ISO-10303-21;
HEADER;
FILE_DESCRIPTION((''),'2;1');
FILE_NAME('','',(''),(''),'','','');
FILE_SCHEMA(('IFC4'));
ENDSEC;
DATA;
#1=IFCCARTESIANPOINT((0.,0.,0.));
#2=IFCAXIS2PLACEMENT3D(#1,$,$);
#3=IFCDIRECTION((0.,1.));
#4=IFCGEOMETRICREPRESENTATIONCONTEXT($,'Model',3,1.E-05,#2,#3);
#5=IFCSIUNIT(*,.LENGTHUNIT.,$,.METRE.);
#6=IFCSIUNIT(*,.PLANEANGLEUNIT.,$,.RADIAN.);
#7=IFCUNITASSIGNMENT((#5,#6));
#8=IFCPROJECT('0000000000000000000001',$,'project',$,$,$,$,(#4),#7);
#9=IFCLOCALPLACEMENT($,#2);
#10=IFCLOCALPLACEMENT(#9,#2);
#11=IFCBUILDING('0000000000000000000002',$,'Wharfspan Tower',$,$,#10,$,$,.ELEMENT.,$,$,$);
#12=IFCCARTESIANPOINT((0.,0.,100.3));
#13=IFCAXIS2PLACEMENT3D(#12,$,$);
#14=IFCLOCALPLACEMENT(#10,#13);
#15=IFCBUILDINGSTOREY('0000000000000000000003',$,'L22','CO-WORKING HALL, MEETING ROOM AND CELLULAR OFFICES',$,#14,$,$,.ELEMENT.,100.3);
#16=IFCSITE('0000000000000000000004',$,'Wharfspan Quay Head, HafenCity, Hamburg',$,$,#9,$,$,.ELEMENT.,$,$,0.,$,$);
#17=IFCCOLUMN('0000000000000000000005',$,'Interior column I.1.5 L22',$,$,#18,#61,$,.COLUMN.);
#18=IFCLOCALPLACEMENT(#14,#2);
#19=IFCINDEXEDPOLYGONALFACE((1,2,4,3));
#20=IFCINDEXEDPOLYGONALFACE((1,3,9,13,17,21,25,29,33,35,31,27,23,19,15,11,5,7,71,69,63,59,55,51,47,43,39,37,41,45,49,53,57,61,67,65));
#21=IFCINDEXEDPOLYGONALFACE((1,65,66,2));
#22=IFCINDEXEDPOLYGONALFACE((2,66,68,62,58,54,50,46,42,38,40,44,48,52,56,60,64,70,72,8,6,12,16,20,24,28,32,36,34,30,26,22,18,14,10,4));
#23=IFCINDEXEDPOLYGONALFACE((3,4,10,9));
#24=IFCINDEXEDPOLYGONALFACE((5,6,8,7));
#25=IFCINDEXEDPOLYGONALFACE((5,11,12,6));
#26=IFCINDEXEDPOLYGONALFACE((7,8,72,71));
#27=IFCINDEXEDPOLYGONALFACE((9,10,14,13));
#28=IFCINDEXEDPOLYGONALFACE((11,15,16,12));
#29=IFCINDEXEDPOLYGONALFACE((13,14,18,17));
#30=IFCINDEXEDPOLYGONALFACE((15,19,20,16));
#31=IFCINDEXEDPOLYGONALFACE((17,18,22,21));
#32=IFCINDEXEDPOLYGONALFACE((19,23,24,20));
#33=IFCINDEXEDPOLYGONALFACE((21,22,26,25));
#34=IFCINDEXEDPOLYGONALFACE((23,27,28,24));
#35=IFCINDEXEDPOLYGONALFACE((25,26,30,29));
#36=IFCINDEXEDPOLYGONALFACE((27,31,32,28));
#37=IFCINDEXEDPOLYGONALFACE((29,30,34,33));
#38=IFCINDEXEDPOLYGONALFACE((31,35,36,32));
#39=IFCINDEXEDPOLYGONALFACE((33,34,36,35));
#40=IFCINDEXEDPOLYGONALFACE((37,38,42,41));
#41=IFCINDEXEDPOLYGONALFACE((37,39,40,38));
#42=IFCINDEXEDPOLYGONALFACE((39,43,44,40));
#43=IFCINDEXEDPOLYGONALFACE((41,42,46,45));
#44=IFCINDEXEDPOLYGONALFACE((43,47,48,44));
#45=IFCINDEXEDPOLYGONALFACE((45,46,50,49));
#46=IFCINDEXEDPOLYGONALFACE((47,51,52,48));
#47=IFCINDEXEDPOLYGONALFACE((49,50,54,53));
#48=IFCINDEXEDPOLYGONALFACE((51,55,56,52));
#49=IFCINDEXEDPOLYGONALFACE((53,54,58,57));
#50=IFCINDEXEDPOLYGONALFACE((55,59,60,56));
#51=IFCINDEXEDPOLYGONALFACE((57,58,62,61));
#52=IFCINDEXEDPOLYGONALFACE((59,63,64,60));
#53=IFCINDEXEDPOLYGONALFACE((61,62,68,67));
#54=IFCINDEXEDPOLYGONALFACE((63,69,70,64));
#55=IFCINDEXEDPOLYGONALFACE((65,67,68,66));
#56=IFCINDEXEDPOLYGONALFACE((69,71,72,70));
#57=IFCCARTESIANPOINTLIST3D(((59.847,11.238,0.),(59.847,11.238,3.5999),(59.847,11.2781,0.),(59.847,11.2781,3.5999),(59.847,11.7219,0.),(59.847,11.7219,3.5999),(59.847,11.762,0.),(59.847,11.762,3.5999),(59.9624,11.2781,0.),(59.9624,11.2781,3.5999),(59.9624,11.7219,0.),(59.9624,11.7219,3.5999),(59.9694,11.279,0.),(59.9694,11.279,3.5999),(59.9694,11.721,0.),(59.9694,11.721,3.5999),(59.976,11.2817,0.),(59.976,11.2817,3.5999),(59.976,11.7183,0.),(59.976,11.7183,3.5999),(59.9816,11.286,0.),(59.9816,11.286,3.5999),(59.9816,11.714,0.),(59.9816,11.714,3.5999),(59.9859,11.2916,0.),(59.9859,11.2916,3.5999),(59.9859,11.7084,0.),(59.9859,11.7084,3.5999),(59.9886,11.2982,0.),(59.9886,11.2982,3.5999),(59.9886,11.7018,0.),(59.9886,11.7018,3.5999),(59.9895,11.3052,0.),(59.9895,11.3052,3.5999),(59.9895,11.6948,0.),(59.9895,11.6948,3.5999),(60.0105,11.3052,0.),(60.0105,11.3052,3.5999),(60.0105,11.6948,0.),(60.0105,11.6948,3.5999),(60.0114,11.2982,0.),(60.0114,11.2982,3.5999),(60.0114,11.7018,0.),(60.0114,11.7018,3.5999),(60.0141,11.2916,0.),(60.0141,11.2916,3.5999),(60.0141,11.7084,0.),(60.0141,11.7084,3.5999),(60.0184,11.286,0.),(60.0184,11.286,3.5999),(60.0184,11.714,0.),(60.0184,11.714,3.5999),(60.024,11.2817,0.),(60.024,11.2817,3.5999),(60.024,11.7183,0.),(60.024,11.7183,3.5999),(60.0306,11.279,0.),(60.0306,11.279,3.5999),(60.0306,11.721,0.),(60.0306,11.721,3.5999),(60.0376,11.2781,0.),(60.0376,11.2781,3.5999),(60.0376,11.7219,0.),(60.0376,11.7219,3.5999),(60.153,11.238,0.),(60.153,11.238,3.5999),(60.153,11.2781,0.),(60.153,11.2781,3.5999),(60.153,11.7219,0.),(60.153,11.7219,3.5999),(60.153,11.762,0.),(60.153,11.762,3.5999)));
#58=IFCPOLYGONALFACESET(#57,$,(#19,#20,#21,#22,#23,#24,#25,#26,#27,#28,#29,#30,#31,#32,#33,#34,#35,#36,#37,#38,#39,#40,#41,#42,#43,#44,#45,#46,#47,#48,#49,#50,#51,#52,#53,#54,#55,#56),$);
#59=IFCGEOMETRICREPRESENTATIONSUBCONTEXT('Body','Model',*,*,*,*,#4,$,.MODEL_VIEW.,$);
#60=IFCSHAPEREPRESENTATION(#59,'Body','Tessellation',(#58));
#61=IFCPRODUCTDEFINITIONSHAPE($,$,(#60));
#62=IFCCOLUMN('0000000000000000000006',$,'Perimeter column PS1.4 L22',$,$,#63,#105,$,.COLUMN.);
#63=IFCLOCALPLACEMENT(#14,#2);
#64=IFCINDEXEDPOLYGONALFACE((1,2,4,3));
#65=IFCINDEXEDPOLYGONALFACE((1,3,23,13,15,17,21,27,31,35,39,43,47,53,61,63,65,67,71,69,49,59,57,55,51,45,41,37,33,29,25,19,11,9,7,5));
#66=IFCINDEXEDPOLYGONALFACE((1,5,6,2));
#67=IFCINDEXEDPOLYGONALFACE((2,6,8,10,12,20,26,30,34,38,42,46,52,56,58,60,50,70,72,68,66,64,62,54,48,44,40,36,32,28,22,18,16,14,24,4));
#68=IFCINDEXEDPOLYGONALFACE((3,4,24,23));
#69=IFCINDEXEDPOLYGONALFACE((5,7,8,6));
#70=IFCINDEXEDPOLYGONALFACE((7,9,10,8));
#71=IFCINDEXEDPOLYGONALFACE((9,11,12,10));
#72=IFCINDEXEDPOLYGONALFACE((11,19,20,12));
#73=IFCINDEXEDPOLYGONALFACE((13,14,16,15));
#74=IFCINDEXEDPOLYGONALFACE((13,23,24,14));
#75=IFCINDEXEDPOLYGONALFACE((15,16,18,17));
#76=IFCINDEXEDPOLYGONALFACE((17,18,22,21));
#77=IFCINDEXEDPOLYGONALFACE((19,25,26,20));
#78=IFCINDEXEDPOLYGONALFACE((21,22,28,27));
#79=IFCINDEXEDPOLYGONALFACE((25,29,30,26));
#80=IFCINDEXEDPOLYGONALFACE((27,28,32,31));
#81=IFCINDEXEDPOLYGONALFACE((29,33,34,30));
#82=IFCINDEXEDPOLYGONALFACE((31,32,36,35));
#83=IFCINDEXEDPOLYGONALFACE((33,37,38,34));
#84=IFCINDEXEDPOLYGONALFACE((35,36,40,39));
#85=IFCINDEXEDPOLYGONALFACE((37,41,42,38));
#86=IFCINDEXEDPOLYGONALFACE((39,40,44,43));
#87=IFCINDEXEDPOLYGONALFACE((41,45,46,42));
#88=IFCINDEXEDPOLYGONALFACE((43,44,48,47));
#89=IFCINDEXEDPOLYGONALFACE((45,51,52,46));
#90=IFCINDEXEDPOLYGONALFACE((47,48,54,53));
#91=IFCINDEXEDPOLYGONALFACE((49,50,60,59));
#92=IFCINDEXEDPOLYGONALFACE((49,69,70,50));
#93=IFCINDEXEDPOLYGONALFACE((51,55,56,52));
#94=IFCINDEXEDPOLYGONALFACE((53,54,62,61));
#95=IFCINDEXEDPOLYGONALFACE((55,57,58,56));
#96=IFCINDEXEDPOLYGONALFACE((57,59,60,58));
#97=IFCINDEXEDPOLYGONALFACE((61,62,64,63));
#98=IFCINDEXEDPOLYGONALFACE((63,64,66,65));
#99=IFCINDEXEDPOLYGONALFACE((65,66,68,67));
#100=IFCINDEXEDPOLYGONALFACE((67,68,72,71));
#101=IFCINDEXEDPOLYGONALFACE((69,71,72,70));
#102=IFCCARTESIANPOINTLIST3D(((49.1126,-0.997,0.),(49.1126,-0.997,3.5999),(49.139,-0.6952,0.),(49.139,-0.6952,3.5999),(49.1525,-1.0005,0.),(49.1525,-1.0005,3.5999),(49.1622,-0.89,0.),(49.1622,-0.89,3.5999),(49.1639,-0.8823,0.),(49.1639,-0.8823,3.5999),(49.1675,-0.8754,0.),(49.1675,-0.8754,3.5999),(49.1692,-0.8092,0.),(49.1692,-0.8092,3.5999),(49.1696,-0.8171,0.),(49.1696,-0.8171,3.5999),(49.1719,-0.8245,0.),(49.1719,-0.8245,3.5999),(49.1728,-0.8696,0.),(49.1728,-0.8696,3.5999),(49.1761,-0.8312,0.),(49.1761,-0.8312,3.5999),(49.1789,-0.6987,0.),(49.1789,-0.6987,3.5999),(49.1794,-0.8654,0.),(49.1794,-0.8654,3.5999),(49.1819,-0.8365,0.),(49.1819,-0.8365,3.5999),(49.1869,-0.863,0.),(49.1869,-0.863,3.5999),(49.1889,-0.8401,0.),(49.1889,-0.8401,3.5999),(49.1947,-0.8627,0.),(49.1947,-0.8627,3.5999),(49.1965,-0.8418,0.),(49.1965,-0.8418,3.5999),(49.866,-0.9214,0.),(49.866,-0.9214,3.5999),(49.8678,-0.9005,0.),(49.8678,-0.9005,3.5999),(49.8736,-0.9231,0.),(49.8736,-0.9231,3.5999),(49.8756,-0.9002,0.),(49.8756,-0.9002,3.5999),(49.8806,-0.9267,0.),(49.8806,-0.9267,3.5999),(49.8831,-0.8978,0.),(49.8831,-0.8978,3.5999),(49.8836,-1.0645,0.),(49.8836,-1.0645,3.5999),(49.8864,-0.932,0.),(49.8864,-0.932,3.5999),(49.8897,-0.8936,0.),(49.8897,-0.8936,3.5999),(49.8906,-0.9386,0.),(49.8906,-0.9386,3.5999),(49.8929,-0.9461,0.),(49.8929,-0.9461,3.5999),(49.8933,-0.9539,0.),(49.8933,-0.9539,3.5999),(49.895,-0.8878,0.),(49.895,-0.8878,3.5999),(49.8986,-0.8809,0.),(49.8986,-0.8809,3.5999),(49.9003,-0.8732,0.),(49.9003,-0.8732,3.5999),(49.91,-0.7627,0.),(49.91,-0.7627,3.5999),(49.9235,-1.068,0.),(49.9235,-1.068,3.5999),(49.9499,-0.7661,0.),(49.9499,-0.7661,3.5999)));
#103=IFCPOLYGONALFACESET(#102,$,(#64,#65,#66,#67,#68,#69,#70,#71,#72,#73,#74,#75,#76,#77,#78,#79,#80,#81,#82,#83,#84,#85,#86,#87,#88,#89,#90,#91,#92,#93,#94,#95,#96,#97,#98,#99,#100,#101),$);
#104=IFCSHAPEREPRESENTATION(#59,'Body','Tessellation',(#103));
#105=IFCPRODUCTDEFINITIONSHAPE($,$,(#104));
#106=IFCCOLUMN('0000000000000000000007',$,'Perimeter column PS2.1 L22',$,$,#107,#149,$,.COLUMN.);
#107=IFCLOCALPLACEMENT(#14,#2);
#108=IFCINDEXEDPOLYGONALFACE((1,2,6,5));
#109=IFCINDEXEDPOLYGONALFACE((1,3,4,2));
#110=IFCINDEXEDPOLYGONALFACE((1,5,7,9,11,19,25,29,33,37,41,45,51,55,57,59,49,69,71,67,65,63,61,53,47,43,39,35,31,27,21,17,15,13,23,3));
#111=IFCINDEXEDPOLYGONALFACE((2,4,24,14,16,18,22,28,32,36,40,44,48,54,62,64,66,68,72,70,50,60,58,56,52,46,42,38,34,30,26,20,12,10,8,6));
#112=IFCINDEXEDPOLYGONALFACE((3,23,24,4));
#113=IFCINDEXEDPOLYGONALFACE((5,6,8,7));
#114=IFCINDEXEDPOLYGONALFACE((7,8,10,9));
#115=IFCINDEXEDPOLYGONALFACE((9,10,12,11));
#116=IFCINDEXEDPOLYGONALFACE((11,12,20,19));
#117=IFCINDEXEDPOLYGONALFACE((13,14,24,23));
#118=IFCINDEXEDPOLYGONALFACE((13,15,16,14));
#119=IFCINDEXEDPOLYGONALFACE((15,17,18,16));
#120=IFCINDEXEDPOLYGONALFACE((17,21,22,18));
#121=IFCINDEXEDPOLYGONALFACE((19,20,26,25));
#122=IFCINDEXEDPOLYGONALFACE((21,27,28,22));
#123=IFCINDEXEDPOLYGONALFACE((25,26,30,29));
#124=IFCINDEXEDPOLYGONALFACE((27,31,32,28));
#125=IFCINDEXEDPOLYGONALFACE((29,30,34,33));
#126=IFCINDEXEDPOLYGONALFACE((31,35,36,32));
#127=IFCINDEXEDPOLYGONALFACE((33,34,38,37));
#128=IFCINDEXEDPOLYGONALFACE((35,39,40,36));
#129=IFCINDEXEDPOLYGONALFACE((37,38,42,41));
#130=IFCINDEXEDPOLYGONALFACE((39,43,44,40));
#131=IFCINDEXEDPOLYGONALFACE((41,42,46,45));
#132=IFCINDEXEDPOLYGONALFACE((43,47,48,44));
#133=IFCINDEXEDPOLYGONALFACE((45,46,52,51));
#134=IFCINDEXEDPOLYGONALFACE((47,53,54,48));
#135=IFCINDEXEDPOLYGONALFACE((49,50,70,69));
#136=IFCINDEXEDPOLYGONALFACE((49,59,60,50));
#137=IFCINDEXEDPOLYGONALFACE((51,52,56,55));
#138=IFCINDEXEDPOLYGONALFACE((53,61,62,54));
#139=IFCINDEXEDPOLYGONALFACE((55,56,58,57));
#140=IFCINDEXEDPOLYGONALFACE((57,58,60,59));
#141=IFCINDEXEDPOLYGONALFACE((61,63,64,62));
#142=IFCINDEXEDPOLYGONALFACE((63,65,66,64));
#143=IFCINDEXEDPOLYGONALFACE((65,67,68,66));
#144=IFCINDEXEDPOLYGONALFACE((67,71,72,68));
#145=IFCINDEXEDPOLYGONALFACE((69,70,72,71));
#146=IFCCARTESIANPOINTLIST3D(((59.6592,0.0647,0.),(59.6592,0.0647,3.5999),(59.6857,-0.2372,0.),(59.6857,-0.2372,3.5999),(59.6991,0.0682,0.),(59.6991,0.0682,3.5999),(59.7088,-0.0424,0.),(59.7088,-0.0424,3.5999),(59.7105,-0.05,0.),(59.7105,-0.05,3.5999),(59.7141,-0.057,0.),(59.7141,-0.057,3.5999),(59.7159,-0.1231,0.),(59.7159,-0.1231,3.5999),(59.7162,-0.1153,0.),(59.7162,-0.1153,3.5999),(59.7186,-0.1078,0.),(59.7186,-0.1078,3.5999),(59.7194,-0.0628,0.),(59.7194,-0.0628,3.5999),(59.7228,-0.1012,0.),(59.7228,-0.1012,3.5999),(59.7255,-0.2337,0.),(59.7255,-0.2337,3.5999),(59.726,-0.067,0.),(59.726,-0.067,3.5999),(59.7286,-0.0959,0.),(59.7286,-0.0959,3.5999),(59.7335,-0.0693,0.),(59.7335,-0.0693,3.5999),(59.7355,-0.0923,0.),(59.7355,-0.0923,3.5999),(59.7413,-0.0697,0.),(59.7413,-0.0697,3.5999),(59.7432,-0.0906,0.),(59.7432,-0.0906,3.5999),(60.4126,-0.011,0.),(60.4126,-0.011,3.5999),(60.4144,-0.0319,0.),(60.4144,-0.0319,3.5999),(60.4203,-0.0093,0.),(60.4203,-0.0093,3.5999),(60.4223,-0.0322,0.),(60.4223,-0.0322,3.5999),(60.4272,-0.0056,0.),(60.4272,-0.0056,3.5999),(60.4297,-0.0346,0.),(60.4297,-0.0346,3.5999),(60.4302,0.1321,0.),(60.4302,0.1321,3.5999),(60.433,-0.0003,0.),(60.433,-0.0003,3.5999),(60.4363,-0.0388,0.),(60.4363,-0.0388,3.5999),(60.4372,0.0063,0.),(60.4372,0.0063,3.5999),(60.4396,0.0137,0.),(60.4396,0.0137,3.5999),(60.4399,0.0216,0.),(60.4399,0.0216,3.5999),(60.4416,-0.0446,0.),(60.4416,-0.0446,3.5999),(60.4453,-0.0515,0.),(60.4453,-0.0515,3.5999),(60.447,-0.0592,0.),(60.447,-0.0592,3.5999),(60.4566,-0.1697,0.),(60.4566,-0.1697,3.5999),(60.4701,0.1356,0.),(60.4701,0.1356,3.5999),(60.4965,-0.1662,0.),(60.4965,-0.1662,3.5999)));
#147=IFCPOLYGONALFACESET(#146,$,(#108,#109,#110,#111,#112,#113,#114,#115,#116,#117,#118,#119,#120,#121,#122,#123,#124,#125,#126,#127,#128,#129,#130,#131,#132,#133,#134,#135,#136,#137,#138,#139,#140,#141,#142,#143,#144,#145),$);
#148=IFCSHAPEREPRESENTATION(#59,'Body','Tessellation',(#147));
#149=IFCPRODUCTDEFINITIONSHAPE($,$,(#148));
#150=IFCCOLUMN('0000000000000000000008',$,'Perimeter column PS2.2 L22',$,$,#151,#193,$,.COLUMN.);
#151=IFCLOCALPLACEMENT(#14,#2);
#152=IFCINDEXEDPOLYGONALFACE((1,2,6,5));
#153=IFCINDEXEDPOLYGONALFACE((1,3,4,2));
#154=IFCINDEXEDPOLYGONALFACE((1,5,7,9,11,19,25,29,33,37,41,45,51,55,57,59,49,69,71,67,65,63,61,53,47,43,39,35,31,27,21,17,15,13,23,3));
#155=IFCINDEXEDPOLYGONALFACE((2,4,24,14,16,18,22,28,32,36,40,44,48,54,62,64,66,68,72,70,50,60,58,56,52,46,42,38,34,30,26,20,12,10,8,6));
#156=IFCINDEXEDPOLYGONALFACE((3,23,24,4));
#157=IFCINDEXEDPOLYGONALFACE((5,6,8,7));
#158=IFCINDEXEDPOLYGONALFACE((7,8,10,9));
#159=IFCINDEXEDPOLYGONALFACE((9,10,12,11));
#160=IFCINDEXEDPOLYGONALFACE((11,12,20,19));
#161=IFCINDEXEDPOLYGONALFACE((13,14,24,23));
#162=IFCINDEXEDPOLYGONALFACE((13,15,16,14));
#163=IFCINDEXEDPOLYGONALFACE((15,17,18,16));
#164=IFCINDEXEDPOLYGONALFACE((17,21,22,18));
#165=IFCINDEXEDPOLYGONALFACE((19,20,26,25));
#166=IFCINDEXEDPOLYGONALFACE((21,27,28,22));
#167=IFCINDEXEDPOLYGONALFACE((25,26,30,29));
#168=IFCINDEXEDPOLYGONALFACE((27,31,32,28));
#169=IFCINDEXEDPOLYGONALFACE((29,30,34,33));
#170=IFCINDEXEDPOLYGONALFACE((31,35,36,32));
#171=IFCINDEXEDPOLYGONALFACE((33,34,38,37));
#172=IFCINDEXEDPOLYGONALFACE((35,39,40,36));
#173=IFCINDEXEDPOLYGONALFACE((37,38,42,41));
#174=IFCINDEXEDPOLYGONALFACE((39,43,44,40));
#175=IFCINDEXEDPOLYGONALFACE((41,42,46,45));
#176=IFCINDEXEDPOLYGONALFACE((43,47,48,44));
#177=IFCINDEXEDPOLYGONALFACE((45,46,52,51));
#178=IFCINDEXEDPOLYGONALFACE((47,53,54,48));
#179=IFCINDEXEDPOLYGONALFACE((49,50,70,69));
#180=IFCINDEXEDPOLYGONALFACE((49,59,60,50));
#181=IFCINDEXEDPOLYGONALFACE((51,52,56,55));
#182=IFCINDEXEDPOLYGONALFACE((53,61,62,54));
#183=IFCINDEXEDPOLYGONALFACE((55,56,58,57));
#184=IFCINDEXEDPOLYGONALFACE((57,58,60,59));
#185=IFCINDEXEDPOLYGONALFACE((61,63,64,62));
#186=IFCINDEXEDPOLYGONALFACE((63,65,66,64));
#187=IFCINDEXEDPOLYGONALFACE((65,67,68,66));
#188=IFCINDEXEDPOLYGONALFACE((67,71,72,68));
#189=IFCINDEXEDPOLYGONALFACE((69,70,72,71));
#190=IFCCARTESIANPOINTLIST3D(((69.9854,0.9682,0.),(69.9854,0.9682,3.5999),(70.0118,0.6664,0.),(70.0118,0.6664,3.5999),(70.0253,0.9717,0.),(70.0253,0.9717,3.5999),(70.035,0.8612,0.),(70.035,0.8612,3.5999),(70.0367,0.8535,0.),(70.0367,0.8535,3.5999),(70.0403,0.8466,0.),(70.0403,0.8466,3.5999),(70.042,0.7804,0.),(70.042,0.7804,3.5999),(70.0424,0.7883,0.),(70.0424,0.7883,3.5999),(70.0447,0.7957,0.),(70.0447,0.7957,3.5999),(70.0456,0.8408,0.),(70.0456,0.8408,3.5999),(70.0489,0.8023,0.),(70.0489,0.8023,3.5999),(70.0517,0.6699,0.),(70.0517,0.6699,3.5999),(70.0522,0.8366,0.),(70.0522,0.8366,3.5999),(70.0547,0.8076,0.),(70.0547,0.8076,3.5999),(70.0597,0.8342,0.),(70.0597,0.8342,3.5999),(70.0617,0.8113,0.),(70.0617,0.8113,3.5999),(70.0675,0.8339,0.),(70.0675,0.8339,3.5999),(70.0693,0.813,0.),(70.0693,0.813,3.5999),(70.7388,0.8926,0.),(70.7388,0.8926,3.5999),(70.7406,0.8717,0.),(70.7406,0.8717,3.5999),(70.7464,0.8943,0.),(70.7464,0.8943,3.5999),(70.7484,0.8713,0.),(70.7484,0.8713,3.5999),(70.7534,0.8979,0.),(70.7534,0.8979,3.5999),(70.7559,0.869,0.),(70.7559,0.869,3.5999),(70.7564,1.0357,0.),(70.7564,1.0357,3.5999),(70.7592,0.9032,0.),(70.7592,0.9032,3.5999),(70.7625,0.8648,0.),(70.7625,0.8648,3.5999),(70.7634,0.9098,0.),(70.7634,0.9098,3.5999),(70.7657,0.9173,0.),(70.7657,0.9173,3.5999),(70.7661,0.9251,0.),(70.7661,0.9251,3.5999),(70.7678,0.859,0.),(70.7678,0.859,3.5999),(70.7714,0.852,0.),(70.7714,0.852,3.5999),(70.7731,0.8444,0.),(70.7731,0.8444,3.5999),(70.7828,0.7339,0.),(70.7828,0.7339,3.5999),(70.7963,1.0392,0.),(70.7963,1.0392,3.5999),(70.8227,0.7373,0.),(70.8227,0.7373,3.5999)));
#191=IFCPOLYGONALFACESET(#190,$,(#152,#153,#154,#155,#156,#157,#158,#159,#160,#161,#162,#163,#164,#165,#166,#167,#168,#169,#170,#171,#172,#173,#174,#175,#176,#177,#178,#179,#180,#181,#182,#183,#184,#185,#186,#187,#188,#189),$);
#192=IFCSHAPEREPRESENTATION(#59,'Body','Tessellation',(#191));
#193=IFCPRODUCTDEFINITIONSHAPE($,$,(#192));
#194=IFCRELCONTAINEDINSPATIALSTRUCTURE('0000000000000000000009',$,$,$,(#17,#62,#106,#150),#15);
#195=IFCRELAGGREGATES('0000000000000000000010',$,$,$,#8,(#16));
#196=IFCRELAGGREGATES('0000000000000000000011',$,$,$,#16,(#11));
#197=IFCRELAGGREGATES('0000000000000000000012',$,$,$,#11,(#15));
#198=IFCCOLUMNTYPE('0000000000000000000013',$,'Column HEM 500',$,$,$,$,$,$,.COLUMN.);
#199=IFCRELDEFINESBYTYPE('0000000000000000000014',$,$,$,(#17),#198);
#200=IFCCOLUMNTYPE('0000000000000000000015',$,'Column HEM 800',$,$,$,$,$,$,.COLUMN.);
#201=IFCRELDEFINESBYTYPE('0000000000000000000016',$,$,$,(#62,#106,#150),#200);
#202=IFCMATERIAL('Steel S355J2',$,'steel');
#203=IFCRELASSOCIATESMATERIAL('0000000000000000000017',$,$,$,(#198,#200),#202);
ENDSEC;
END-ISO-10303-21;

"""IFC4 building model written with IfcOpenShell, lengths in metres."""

from ifc_helpers import new_model, si_unit, direction, frame, origin, origin_2d, place, context, subcontext, project, spatial, i_section, extrude, material, material_profile, profile_set, type_object, element, save


model = new_model("IFC4")

# Units and contexts
model_context = context("Model", 3, precision=1e-05, world=origin(), true_north=direction((0.0, 1.0)))
body_context = subcontext(model_context, "Body", "Model", "MODEL_VIEW")
ifc_project = project(units=[si_unit("LENGTHUNIT", "METRE"), si_unit("PLANEANGLEUNIT", "RADIAN")], contexts=[model_context])

# Site, building, storey
site_placement = place(None, origin())
site = spatial("IfcSite", under=ifc_project, at=site_placement, Name="Wharfspan Quay Head, HafenCity, Hamburg", CompositionType="ELEMENT", RefElevation=0.0)
building_placement = place(site_placement, origin())
building = spatial("IfcBuilding", under=site, at=building_placement, Name="Wharfspan Tower", CompositionType="ELEMENT")
storey_placement = place(building_placement, frame((0.0, 0.0, 100.3)))
storey = spatial("IfcBuildingStorey", under=building, at=storey_placement, Name="L22", Description="CO-WORKING HALL, MEETING ROOM AND CELLULAR OFFICES", CompositionType="ELEMENT", Elevation=100.3)

# Columns
ifc_material_1 = material(Name="Steel S355J2", Category="steel")
ifc_material_profile_1 = material_profile(ifc_material_1, i_section(OverallWidth=0.3059, OverallDepth=0.5239, WebThickness=0.021, FlangeThickness=0.04, FilletRadius=0.0271, at=origin_2d()))
ifc_profile_set_1 = profile_set([ifc_material_profile_1], Name="Steel S355J2")
column_type_1 = type_object("IfcColumnType", Name="Column HEM 500", PredefinedType="COLUMN", material=ifc_profile_set_1)
column_placement = place(storey_placement, frame((60.0, 11.5, 0.0), z_axis=(0.0, 0.0, 1.0), x_axis=(1.0, 0.0, 0.0)))
element("IfcColumn", 1, at=column_placement, inside=storey, type_object=column_type_1, Name="Interior column I.1.5 L22", PredefinedType="COLUMN", context=body_context, shape_type="SweptSolid", body=[
    extrude(i_section(OverallWidth=0.3059, OverallDepth=0.5239, WebThickness=0.021, FlangeThickness=0.04, FilletRadius=0.0271, at=origin_2d()), origin(), (0.0, 0.0, 1.0), 3.5999),
])
ifc_material_profile_2 = material_profile(ifc_material_1, i_section(OverallWidth=0.303, OverallDepth=0.814, WebThickness=0.021, FlangeThickness=0.04, FilletRadius=0.03, at=origin_2d()))
ifc_profile_set_2 = profile_set([ifc_material_profile_2], Name="Steel S355J2")
column_type_2 = type_object("IfcColumnType", Name="Column HEM 800", PredefinedType="COLUMN", material=ifc_profile_set_2)
for number, where, z_axis, x_axis, name in (
    (2, (49.5312, -0.8816, 0.0), (0.0, 0.0, 1.0), (-0.087156, -0.996198, 0.0), "Perimeter column PS1.4 L22"),
    (3, (60.0779, -0.0508, 0.0), (0.0, 0.0, 1.0), (0.087156, -0.996198, 0.0), "Perimeter column PS2.1 L22"),
    (4, (70.4041, 0.8528, 0.0), (0.0, 0.0, 1.0), (0.087156, -0.996198, 0.0), "Perimeter column PS2.2 L22"),
):
    element("IfcColumn", number, at=place(storey_placement, frame(where, z_axis=z_axis, x_axis=x_axis)), inside=storey, type_object=column_type_2, Name=name, PredefinedType="COLUMN", context=body_context, shape_type="SweptSolid", body=[
        extrude(i_section(OverallWidth=0.303, OverallDepth=0.814, WebThickness=0.021, FlangeThickness=0.04, FilletRadius=0.03, at=origin_2d()), origin(), (0.0, 0.0, 1.0), 3.5999),
    ])

save(model, "model.ifc")
